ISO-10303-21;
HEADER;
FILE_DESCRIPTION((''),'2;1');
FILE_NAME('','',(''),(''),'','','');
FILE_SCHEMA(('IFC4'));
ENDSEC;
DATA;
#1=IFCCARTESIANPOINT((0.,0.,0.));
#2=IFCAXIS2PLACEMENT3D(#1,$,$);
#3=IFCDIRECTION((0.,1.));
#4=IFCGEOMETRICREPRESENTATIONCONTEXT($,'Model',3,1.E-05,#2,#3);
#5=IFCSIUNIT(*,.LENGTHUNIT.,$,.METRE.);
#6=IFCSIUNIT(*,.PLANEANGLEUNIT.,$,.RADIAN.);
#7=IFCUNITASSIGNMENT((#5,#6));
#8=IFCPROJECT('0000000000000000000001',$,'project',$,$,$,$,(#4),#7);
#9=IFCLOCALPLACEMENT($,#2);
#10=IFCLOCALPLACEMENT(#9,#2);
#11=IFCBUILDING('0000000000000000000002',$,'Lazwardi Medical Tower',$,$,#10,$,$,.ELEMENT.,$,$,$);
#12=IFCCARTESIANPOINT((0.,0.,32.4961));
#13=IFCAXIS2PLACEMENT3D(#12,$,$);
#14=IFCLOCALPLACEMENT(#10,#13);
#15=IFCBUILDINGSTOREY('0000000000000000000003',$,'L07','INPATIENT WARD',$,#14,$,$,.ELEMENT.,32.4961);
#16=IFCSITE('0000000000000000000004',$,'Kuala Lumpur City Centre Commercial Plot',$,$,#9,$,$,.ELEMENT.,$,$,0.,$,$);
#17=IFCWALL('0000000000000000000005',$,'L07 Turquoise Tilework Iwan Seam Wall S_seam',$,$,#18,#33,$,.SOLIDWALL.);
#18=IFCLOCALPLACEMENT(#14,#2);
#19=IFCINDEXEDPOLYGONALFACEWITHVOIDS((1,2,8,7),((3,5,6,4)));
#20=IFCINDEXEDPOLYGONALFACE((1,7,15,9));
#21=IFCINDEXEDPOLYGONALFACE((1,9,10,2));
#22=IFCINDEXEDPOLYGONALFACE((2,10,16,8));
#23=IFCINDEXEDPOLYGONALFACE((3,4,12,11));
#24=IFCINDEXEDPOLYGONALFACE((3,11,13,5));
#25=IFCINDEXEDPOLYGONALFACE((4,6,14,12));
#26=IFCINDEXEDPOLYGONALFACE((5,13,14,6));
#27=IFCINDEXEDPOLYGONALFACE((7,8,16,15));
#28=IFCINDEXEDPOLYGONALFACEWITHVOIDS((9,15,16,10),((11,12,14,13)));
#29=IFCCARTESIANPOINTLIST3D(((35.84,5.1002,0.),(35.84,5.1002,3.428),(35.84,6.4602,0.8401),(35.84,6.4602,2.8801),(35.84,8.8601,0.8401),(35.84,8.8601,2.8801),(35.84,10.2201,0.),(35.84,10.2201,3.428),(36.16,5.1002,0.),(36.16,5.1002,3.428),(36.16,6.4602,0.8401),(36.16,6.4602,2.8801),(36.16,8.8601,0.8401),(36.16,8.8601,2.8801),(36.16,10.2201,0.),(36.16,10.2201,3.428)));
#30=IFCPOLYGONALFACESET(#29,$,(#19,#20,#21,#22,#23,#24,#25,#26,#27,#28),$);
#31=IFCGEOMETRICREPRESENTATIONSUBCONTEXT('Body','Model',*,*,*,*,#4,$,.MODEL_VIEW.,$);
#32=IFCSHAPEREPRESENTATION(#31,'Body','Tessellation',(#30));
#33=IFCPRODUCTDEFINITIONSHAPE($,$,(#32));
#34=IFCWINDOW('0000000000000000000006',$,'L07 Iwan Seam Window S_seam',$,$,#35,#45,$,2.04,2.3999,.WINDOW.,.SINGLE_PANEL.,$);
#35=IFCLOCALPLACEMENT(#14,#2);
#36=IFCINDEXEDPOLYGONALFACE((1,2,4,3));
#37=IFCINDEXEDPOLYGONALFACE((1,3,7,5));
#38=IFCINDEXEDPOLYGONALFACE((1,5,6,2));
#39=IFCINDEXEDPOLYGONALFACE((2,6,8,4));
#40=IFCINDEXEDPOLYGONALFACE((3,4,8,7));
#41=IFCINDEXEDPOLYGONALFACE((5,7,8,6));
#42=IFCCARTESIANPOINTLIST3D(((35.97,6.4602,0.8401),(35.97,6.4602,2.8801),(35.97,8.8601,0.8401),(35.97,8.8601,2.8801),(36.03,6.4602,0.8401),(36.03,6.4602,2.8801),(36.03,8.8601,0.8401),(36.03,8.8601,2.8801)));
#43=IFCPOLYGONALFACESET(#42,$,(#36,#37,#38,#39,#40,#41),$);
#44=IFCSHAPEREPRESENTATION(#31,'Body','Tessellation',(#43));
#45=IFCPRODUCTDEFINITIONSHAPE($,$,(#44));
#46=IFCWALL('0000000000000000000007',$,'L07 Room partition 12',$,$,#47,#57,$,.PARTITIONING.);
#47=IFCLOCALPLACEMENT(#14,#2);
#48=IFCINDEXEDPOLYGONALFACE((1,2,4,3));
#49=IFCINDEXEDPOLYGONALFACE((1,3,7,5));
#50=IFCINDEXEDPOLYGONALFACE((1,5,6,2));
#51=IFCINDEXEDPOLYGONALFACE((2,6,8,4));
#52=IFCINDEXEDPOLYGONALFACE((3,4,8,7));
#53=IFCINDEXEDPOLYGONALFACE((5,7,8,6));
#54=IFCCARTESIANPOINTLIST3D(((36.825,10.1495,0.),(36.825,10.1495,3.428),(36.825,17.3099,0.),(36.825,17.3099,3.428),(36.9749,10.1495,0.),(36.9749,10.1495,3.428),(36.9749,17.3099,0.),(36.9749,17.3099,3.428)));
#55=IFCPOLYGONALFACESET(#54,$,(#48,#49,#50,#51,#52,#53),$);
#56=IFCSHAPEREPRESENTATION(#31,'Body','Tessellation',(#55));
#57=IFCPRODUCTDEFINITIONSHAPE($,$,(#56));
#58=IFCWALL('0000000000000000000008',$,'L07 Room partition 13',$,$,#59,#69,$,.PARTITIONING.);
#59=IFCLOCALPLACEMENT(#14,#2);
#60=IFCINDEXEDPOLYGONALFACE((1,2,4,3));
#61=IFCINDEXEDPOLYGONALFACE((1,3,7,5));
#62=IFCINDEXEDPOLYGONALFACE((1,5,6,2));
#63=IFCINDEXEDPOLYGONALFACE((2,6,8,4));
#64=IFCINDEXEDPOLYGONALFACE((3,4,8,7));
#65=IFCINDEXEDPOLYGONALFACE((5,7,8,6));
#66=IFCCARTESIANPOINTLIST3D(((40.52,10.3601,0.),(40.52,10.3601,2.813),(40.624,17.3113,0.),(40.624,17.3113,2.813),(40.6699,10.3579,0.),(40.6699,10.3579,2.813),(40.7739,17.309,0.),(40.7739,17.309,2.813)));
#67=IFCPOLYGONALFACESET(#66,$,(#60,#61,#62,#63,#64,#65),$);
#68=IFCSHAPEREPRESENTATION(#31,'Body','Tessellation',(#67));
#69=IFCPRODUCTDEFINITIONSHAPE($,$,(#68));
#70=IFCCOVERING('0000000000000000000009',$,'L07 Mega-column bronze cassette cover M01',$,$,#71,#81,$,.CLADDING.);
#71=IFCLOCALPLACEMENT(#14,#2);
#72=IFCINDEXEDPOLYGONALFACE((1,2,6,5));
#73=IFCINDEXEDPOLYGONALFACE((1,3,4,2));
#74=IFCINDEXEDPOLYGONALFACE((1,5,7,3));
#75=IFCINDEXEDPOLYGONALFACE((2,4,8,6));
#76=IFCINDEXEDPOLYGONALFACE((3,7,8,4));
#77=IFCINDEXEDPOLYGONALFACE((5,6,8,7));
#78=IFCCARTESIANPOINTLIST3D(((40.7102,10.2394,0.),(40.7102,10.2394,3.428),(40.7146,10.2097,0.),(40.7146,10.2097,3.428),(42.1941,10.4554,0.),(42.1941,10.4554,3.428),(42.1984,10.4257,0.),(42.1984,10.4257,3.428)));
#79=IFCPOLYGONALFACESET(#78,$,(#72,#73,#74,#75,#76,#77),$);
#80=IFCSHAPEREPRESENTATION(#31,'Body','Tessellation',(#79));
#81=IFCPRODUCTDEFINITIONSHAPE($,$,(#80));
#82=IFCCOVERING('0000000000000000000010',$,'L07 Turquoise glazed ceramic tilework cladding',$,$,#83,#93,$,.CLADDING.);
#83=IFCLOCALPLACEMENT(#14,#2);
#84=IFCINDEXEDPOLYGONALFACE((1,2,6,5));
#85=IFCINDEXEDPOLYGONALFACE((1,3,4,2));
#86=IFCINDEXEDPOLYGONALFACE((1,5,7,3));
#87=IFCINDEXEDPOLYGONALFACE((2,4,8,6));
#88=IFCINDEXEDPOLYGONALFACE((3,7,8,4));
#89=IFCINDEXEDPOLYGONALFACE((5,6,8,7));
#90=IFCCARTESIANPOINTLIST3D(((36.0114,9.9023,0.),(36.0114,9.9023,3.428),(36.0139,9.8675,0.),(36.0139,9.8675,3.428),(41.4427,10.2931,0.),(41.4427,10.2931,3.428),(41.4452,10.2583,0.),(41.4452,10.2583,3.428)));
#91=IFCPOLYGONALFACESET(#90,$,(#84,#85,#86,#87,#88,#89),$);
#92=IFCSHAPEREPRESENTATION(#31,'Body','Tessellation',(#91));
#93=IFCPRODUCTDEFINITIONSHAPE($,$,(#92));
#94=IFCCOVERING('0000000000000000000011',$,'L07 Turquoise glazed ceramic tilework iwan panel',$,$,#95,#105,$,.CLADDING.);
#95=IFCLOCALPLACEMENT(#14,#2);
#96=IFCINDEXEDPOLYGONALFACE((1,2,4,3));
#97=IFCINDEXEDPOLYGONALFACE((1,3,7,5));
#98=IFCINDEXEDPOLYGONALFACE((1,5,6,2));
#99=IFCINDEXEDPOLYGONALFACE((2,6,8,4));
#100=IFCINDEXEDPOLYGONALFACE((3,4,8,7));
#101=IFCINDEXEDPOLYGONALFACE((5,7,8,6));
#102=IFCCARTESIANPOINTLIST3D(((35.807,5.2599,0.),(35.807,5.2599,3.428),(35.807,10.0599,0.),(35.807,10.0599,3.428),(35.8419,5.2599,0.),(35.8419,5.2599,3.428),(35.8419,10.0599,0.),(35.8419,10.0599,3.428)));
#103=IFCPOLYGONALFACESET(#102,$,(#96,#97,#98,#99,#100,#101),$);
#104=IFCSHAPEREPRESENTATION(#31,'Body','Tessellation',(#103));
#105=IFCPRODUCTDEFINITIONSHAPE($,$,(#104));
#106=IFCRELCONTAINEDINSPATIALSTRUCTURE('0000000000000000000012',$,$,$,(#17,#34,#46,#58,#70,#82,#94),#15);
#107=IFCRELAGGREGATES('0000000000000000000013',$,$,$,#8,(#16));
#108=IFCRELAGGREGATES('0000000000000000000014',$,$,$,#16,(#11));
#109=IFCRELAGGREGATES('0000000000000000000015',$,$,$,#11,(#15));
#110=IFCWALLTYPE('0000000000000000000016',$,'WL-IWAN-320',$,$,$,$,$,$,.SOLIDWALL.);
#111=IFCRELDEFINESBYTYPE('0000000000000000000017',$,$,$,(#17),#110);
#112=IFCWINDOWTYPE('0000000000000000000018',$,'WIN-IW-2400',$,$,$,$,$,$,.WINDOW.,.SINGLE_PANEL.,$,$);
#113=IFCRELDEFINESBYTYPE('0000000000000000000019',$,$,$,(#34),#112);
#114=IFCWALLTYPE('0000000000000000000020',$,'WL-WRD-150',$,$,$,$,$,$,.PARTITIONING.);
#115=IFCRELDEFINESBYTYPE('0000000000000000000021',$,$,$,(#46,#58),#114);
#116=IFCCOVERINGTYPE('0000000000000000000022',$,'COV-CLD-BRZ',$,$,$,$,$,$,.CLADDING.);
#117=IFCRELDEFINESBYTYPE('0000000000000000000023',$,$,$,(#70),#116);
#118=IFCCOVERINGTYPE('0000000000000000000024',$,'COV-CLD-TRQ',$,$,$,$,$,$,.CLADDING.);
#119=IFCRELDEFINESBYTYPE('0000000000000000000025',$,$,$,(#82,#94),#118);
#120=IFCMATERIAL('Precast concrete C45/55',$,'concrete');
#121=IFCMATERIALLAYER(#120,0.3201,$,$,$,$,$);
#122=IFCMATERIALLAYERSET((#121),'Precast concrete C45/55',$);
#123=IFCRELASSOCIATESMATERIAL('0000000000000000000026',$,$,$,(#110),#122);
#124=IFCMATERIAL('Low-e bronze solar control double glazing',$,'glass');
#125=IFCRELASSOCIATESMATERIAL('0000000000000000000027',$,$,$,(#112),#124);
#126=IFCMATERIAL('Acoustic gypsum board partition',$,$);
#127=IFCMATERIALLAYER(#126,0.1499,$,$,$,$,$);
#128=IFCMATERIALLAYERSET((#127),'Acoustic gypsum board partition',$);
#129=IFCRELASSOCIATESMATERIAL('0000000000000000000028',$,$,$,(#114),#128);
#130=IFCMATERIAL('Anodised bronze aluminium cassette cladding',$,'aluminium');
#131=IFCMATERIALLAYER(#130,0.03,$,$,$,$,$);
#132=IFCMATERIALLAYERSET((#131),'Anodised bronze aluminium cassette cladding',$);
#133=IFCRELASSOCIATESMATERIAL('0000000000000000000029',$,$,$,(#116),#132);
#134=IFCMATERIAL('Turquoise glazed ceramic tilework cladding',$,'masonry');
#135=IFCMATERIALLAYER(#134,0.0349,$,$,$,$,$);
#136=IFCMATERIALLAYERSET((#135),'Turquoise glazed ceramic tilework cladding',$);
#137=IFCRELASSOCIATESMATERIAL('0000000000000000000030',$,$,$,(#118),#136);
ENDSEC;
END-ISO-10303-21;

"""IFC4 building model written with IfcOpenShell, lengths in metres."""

from ifc_helpers import new_model, si_unit, direction, frame, frame_2d, origin, origin_2d, place, context, subcontext, project, spatial, rectangle, extrude, material, layer, layer_set, type_object, element, fill, save


model = new_model("IFC4")

# Units and contexts
model_context = context("Model", 3, precision=1e-05, world=origin(), true_north=direction((0.0, 1.0)))
body_context = subcontext(model_context, "Body", "Model", "MODEL_VIEW")
ifc_project = project(units=[si_unit("LENGTHUNIT", "METRE"), si_unit("PLANEANGLEUNIT", "RADIAN")], contexts=[model_context])

# Site, building, storey
site_placement = place(None, origin())
site = spatial("IfcSite", under=ifc_project, at=site_placement, Name="Kuala Lumpur City Centre Commercial Plot", CompositionType="ELEMENT", RefElevation=0.0)
building_placement = place(site_placement, origin())
building = spatial("IfcBuilding", under=site, at=building_placement, Name="Lazwardi Medical Tower", CompositionType="ELEMENT")
storey_placement = place(building_placement, frame((0.0, 0.0, 32.4961)))
storey = spatial("IfcBuildingStorey", under=building, at=storey_placement, Name="L07", Description="INPATIENT WARD", CompositionType="ELEMENT", Elevation=32.4961)

# Shared definitions
ifc_material_1 = material(Name="Low-e bronze solar control double glazing", Category="glass")

# Wall, opening, window
ifc_material_2 = material(Name="Precast concrete C45/55", Category="concrete")
ifc_layer_1 = layer(ifc_material_2, 0.3201)
ifc_layer_set_1 = layer_set([ifc_layer_1], Name="Precast concrete C45/55")
wall_type_1 = type_object("IfcWallType", Name="WL-IWAN-320", PredefinedType="SOLIDWALL", material=ifc_layer_set_1)
wall_1_placement = place(storey_placement, frame((36.0, 5.1001, 0.0), z_axis=(0.0, 0.0, 1.0), x_axis=(0.0, 1.0, 0.0)))
wall_1 = element("IfcWall", 1, at=wall_1_placement, inside=storey, type_object=wall_type_1, Name="L07 Turquoise Tilework Iwan Seam Wall S_seam", PredefinedType="SOLIDWALL", context=body_context, shape_type="SweptSolid", body=[
    extrude(rectangle(XDim=5.1199, YDim=0.3201, at=frame_2d((2.5601, 0.0))), origin(), (0.0, 0.0, 1.0), 3.428),
])
opening_1_placement = place(wall_1_placement, frame((1.3601, 0.0, 0.8401)))
opening_1 = element("IfcOpeningElement", 2, at=opening_1_placement, cuts=wall_1, PredefinedType="OPENING", context=body_context, shape_type="SweptSolid", body=[
    extrude(rectangle(XDim=2.3999, YDim=2.04, at=frame_2d((1.2, 1.02))), frame((0.0, 0.1699, 0.0), z_axis=(0.0, -1.0, 0.0), x_axis=(1.0, 0.0, 0.0)), (0.0, 0.0, 1.0), 0.3401),
])
window_type_1 = type_object("IfcWindowType", Name="WIN-IW-2400", PartitioningType="SINGLE_PANEL", PredefinedType="WINDOW", material=ifc_material_1)
window_1_placement = place(opening_1_placement, origin())
window_1 = element("IfcWindow", 3, at=window_1_placement, inside=storey, type_object=window_type_1, Name="L07 Iwan Seam Window S_seam", OverallHeight=2.04, OverallWidth=2.3999, PartitioningType="SINGLE_PANEL", PredefinedType="WINDOW", context=body_context, shape_type="SweptSolid", body=[
    extrude(rectangle(XDim=2.3999, YDim=2.04, at=frame_2d((1.2, 1.02))), frame((0.0, 0.03, 0.0), z_axis=(0.0, -1.0, 0.0), x_axis=(1.0, 0.0, 0.0)), (0.0, 0.0, 1.0), 0.0601),
])
fill(opening_1, window_1)

# Walls
ifc_material_3 = material(Name="Acoustic gypsum board partition")
ifc_layer_2 = layer(ifc_material_3, 0.1499)
ifc_layer_set_2 = layer_set([ifc_layer_2], Name="Acoustic gypsum board partition")
wall_type_2 = type_object("IfcWallType", Name="WL-WRD-150", PredefinedType="PARTITIONING", material=ifc_layer_set_2)
wall_2_placement = place(storey_placement, frame((36.8999, 10.1497, 0.0), z_axis=(0.0, 0.0, 1.0), x_axis=(0.0, 1.0, 0.0)))
element("IfcWall", 4, at=wall_2_placement, inside=storey, type_object=wall_type_2, Name="L07 Room partition 12", PredefinedType="PARTITIONING", context=body_context, shape_type="SweptSolid", body=[
    extrude(rectangle(XDim=7.1604, YDim=0.1499, at=frame_2d((3.5801, 0.0))), origin(), (0.0, 0.0, 1.0), 3.428),
])
wall_3_placement = place(storey_placement, frame((40.595, 10.3589, 0.0), z_axis=(0.0, 0.0, 1.0), x_axis=(0.01496, 0.999888, 0.0)))
element("IfcWall", 5, at=wall_3_placement, inside=storey, type_object=wall_type_2, Name="L07 Room partition 13", PredefinedType="PARTITIONING", context=body_context, shape_type="SweptSolid", body=[
    extrude(rectangle(XDim=6.9519, YDim=0.1499, at=frame_2d((3.4761, 0.0))), origin(), (0.0, 0.0, 1.0), 2.813),
])

# Coverings
ifc_material_4 = material(Name="Anodised bronze aluminium cassette cladding", Category="aluminium")
ifc_layer_3 = layer(ifc_material_4, 0.03)
ifc_layer_set_3 = layer_set([ifc_layer_3], Name="Anodised bronze aluminium cassette cladding")
covering_type_1 = type_object("IfcCoveringType", Name="COV-CLD-BRZ", PredefinedType="CLADDING", material=ifc_layer_set_3)
covering_1_placement = place(storey_placement, frame((41.4543, 10.3325, 0.0), z_axis=(0.0, 0.0, 1.0), x_axis=(0.989573, 0.144035, 0.0)))
element("IfcCovering", 6, at=covering_1_placement, inside=storey, type_object=covering_type_1, Name="L07 Mega-column bronze cassette cover M01", PredefinedType="CLADDING", context=body_context, shape_type="SweptSolid", body=[
    extrude(rectangle(XDim=1.4995, YDim=0.03, at=origin_2d()), origin(), (0.0, 0.0, 1.0), 3.428),
])
ifc_material_5 = material(Name="Turquoise glazed ceramic tilework cladding", Category="masonry")
ifc_layer_4 = layer(ifc_material_5, 0.0349)
ifc_layer_set_4 = layer_set([ifc_layer_4], Name="Turquoise glazed ceramic tilework cladding")
covering_type_2 = type_object("IfcCoveringType", Name="COV-CLD-TRQ", PredefinedType="CLADDING", material=ifc_layer_set_4)
covering_2_placement = place(storey_placement, frame((38.7283, 10.0803, 0.0), z_axis=(0.0, 0.0, 1.0), x_axis=(0.997421, 0.071767, 0.0)))
element("IfcCovering", 7, at=covering_2_placement, inside=storey, type_object=covering_type_2, Name="L07 Turquoise glazed ceramic tilework cladding", PredefinedType="CLADDING", context=body_context, shape_type="SweptSolid", body=[
    extrude(rectangle(XDim=5.4453, YDim=0.0349, at=origin_2d()), origin(), (0.0, 0.0, 1.0), 3.428),
])
covering_3_placement = place(storey_placement, frame((35.8245, 7.6599, 0.0), z_axis=(0.0, 0.0, 1.0), x_axis=(0.0, 1.0, 0.0)))
element("IfcCovering", 8, at=covering_3_placement, inside=storey, type_object=covering_type_2, Name="L07 Turquoise glazed ceramic tilework iwan panel", PredefinedType="CLADDING", context=body_context, shape_type="SweptSolid", body=[
    extrude(rectangle(XDim=4.8, YDim=0.0349, at=origin_2d()), origin(), (0.0, 0.0, 1.0), 3.428),
])

save(model, "model.ifc")
